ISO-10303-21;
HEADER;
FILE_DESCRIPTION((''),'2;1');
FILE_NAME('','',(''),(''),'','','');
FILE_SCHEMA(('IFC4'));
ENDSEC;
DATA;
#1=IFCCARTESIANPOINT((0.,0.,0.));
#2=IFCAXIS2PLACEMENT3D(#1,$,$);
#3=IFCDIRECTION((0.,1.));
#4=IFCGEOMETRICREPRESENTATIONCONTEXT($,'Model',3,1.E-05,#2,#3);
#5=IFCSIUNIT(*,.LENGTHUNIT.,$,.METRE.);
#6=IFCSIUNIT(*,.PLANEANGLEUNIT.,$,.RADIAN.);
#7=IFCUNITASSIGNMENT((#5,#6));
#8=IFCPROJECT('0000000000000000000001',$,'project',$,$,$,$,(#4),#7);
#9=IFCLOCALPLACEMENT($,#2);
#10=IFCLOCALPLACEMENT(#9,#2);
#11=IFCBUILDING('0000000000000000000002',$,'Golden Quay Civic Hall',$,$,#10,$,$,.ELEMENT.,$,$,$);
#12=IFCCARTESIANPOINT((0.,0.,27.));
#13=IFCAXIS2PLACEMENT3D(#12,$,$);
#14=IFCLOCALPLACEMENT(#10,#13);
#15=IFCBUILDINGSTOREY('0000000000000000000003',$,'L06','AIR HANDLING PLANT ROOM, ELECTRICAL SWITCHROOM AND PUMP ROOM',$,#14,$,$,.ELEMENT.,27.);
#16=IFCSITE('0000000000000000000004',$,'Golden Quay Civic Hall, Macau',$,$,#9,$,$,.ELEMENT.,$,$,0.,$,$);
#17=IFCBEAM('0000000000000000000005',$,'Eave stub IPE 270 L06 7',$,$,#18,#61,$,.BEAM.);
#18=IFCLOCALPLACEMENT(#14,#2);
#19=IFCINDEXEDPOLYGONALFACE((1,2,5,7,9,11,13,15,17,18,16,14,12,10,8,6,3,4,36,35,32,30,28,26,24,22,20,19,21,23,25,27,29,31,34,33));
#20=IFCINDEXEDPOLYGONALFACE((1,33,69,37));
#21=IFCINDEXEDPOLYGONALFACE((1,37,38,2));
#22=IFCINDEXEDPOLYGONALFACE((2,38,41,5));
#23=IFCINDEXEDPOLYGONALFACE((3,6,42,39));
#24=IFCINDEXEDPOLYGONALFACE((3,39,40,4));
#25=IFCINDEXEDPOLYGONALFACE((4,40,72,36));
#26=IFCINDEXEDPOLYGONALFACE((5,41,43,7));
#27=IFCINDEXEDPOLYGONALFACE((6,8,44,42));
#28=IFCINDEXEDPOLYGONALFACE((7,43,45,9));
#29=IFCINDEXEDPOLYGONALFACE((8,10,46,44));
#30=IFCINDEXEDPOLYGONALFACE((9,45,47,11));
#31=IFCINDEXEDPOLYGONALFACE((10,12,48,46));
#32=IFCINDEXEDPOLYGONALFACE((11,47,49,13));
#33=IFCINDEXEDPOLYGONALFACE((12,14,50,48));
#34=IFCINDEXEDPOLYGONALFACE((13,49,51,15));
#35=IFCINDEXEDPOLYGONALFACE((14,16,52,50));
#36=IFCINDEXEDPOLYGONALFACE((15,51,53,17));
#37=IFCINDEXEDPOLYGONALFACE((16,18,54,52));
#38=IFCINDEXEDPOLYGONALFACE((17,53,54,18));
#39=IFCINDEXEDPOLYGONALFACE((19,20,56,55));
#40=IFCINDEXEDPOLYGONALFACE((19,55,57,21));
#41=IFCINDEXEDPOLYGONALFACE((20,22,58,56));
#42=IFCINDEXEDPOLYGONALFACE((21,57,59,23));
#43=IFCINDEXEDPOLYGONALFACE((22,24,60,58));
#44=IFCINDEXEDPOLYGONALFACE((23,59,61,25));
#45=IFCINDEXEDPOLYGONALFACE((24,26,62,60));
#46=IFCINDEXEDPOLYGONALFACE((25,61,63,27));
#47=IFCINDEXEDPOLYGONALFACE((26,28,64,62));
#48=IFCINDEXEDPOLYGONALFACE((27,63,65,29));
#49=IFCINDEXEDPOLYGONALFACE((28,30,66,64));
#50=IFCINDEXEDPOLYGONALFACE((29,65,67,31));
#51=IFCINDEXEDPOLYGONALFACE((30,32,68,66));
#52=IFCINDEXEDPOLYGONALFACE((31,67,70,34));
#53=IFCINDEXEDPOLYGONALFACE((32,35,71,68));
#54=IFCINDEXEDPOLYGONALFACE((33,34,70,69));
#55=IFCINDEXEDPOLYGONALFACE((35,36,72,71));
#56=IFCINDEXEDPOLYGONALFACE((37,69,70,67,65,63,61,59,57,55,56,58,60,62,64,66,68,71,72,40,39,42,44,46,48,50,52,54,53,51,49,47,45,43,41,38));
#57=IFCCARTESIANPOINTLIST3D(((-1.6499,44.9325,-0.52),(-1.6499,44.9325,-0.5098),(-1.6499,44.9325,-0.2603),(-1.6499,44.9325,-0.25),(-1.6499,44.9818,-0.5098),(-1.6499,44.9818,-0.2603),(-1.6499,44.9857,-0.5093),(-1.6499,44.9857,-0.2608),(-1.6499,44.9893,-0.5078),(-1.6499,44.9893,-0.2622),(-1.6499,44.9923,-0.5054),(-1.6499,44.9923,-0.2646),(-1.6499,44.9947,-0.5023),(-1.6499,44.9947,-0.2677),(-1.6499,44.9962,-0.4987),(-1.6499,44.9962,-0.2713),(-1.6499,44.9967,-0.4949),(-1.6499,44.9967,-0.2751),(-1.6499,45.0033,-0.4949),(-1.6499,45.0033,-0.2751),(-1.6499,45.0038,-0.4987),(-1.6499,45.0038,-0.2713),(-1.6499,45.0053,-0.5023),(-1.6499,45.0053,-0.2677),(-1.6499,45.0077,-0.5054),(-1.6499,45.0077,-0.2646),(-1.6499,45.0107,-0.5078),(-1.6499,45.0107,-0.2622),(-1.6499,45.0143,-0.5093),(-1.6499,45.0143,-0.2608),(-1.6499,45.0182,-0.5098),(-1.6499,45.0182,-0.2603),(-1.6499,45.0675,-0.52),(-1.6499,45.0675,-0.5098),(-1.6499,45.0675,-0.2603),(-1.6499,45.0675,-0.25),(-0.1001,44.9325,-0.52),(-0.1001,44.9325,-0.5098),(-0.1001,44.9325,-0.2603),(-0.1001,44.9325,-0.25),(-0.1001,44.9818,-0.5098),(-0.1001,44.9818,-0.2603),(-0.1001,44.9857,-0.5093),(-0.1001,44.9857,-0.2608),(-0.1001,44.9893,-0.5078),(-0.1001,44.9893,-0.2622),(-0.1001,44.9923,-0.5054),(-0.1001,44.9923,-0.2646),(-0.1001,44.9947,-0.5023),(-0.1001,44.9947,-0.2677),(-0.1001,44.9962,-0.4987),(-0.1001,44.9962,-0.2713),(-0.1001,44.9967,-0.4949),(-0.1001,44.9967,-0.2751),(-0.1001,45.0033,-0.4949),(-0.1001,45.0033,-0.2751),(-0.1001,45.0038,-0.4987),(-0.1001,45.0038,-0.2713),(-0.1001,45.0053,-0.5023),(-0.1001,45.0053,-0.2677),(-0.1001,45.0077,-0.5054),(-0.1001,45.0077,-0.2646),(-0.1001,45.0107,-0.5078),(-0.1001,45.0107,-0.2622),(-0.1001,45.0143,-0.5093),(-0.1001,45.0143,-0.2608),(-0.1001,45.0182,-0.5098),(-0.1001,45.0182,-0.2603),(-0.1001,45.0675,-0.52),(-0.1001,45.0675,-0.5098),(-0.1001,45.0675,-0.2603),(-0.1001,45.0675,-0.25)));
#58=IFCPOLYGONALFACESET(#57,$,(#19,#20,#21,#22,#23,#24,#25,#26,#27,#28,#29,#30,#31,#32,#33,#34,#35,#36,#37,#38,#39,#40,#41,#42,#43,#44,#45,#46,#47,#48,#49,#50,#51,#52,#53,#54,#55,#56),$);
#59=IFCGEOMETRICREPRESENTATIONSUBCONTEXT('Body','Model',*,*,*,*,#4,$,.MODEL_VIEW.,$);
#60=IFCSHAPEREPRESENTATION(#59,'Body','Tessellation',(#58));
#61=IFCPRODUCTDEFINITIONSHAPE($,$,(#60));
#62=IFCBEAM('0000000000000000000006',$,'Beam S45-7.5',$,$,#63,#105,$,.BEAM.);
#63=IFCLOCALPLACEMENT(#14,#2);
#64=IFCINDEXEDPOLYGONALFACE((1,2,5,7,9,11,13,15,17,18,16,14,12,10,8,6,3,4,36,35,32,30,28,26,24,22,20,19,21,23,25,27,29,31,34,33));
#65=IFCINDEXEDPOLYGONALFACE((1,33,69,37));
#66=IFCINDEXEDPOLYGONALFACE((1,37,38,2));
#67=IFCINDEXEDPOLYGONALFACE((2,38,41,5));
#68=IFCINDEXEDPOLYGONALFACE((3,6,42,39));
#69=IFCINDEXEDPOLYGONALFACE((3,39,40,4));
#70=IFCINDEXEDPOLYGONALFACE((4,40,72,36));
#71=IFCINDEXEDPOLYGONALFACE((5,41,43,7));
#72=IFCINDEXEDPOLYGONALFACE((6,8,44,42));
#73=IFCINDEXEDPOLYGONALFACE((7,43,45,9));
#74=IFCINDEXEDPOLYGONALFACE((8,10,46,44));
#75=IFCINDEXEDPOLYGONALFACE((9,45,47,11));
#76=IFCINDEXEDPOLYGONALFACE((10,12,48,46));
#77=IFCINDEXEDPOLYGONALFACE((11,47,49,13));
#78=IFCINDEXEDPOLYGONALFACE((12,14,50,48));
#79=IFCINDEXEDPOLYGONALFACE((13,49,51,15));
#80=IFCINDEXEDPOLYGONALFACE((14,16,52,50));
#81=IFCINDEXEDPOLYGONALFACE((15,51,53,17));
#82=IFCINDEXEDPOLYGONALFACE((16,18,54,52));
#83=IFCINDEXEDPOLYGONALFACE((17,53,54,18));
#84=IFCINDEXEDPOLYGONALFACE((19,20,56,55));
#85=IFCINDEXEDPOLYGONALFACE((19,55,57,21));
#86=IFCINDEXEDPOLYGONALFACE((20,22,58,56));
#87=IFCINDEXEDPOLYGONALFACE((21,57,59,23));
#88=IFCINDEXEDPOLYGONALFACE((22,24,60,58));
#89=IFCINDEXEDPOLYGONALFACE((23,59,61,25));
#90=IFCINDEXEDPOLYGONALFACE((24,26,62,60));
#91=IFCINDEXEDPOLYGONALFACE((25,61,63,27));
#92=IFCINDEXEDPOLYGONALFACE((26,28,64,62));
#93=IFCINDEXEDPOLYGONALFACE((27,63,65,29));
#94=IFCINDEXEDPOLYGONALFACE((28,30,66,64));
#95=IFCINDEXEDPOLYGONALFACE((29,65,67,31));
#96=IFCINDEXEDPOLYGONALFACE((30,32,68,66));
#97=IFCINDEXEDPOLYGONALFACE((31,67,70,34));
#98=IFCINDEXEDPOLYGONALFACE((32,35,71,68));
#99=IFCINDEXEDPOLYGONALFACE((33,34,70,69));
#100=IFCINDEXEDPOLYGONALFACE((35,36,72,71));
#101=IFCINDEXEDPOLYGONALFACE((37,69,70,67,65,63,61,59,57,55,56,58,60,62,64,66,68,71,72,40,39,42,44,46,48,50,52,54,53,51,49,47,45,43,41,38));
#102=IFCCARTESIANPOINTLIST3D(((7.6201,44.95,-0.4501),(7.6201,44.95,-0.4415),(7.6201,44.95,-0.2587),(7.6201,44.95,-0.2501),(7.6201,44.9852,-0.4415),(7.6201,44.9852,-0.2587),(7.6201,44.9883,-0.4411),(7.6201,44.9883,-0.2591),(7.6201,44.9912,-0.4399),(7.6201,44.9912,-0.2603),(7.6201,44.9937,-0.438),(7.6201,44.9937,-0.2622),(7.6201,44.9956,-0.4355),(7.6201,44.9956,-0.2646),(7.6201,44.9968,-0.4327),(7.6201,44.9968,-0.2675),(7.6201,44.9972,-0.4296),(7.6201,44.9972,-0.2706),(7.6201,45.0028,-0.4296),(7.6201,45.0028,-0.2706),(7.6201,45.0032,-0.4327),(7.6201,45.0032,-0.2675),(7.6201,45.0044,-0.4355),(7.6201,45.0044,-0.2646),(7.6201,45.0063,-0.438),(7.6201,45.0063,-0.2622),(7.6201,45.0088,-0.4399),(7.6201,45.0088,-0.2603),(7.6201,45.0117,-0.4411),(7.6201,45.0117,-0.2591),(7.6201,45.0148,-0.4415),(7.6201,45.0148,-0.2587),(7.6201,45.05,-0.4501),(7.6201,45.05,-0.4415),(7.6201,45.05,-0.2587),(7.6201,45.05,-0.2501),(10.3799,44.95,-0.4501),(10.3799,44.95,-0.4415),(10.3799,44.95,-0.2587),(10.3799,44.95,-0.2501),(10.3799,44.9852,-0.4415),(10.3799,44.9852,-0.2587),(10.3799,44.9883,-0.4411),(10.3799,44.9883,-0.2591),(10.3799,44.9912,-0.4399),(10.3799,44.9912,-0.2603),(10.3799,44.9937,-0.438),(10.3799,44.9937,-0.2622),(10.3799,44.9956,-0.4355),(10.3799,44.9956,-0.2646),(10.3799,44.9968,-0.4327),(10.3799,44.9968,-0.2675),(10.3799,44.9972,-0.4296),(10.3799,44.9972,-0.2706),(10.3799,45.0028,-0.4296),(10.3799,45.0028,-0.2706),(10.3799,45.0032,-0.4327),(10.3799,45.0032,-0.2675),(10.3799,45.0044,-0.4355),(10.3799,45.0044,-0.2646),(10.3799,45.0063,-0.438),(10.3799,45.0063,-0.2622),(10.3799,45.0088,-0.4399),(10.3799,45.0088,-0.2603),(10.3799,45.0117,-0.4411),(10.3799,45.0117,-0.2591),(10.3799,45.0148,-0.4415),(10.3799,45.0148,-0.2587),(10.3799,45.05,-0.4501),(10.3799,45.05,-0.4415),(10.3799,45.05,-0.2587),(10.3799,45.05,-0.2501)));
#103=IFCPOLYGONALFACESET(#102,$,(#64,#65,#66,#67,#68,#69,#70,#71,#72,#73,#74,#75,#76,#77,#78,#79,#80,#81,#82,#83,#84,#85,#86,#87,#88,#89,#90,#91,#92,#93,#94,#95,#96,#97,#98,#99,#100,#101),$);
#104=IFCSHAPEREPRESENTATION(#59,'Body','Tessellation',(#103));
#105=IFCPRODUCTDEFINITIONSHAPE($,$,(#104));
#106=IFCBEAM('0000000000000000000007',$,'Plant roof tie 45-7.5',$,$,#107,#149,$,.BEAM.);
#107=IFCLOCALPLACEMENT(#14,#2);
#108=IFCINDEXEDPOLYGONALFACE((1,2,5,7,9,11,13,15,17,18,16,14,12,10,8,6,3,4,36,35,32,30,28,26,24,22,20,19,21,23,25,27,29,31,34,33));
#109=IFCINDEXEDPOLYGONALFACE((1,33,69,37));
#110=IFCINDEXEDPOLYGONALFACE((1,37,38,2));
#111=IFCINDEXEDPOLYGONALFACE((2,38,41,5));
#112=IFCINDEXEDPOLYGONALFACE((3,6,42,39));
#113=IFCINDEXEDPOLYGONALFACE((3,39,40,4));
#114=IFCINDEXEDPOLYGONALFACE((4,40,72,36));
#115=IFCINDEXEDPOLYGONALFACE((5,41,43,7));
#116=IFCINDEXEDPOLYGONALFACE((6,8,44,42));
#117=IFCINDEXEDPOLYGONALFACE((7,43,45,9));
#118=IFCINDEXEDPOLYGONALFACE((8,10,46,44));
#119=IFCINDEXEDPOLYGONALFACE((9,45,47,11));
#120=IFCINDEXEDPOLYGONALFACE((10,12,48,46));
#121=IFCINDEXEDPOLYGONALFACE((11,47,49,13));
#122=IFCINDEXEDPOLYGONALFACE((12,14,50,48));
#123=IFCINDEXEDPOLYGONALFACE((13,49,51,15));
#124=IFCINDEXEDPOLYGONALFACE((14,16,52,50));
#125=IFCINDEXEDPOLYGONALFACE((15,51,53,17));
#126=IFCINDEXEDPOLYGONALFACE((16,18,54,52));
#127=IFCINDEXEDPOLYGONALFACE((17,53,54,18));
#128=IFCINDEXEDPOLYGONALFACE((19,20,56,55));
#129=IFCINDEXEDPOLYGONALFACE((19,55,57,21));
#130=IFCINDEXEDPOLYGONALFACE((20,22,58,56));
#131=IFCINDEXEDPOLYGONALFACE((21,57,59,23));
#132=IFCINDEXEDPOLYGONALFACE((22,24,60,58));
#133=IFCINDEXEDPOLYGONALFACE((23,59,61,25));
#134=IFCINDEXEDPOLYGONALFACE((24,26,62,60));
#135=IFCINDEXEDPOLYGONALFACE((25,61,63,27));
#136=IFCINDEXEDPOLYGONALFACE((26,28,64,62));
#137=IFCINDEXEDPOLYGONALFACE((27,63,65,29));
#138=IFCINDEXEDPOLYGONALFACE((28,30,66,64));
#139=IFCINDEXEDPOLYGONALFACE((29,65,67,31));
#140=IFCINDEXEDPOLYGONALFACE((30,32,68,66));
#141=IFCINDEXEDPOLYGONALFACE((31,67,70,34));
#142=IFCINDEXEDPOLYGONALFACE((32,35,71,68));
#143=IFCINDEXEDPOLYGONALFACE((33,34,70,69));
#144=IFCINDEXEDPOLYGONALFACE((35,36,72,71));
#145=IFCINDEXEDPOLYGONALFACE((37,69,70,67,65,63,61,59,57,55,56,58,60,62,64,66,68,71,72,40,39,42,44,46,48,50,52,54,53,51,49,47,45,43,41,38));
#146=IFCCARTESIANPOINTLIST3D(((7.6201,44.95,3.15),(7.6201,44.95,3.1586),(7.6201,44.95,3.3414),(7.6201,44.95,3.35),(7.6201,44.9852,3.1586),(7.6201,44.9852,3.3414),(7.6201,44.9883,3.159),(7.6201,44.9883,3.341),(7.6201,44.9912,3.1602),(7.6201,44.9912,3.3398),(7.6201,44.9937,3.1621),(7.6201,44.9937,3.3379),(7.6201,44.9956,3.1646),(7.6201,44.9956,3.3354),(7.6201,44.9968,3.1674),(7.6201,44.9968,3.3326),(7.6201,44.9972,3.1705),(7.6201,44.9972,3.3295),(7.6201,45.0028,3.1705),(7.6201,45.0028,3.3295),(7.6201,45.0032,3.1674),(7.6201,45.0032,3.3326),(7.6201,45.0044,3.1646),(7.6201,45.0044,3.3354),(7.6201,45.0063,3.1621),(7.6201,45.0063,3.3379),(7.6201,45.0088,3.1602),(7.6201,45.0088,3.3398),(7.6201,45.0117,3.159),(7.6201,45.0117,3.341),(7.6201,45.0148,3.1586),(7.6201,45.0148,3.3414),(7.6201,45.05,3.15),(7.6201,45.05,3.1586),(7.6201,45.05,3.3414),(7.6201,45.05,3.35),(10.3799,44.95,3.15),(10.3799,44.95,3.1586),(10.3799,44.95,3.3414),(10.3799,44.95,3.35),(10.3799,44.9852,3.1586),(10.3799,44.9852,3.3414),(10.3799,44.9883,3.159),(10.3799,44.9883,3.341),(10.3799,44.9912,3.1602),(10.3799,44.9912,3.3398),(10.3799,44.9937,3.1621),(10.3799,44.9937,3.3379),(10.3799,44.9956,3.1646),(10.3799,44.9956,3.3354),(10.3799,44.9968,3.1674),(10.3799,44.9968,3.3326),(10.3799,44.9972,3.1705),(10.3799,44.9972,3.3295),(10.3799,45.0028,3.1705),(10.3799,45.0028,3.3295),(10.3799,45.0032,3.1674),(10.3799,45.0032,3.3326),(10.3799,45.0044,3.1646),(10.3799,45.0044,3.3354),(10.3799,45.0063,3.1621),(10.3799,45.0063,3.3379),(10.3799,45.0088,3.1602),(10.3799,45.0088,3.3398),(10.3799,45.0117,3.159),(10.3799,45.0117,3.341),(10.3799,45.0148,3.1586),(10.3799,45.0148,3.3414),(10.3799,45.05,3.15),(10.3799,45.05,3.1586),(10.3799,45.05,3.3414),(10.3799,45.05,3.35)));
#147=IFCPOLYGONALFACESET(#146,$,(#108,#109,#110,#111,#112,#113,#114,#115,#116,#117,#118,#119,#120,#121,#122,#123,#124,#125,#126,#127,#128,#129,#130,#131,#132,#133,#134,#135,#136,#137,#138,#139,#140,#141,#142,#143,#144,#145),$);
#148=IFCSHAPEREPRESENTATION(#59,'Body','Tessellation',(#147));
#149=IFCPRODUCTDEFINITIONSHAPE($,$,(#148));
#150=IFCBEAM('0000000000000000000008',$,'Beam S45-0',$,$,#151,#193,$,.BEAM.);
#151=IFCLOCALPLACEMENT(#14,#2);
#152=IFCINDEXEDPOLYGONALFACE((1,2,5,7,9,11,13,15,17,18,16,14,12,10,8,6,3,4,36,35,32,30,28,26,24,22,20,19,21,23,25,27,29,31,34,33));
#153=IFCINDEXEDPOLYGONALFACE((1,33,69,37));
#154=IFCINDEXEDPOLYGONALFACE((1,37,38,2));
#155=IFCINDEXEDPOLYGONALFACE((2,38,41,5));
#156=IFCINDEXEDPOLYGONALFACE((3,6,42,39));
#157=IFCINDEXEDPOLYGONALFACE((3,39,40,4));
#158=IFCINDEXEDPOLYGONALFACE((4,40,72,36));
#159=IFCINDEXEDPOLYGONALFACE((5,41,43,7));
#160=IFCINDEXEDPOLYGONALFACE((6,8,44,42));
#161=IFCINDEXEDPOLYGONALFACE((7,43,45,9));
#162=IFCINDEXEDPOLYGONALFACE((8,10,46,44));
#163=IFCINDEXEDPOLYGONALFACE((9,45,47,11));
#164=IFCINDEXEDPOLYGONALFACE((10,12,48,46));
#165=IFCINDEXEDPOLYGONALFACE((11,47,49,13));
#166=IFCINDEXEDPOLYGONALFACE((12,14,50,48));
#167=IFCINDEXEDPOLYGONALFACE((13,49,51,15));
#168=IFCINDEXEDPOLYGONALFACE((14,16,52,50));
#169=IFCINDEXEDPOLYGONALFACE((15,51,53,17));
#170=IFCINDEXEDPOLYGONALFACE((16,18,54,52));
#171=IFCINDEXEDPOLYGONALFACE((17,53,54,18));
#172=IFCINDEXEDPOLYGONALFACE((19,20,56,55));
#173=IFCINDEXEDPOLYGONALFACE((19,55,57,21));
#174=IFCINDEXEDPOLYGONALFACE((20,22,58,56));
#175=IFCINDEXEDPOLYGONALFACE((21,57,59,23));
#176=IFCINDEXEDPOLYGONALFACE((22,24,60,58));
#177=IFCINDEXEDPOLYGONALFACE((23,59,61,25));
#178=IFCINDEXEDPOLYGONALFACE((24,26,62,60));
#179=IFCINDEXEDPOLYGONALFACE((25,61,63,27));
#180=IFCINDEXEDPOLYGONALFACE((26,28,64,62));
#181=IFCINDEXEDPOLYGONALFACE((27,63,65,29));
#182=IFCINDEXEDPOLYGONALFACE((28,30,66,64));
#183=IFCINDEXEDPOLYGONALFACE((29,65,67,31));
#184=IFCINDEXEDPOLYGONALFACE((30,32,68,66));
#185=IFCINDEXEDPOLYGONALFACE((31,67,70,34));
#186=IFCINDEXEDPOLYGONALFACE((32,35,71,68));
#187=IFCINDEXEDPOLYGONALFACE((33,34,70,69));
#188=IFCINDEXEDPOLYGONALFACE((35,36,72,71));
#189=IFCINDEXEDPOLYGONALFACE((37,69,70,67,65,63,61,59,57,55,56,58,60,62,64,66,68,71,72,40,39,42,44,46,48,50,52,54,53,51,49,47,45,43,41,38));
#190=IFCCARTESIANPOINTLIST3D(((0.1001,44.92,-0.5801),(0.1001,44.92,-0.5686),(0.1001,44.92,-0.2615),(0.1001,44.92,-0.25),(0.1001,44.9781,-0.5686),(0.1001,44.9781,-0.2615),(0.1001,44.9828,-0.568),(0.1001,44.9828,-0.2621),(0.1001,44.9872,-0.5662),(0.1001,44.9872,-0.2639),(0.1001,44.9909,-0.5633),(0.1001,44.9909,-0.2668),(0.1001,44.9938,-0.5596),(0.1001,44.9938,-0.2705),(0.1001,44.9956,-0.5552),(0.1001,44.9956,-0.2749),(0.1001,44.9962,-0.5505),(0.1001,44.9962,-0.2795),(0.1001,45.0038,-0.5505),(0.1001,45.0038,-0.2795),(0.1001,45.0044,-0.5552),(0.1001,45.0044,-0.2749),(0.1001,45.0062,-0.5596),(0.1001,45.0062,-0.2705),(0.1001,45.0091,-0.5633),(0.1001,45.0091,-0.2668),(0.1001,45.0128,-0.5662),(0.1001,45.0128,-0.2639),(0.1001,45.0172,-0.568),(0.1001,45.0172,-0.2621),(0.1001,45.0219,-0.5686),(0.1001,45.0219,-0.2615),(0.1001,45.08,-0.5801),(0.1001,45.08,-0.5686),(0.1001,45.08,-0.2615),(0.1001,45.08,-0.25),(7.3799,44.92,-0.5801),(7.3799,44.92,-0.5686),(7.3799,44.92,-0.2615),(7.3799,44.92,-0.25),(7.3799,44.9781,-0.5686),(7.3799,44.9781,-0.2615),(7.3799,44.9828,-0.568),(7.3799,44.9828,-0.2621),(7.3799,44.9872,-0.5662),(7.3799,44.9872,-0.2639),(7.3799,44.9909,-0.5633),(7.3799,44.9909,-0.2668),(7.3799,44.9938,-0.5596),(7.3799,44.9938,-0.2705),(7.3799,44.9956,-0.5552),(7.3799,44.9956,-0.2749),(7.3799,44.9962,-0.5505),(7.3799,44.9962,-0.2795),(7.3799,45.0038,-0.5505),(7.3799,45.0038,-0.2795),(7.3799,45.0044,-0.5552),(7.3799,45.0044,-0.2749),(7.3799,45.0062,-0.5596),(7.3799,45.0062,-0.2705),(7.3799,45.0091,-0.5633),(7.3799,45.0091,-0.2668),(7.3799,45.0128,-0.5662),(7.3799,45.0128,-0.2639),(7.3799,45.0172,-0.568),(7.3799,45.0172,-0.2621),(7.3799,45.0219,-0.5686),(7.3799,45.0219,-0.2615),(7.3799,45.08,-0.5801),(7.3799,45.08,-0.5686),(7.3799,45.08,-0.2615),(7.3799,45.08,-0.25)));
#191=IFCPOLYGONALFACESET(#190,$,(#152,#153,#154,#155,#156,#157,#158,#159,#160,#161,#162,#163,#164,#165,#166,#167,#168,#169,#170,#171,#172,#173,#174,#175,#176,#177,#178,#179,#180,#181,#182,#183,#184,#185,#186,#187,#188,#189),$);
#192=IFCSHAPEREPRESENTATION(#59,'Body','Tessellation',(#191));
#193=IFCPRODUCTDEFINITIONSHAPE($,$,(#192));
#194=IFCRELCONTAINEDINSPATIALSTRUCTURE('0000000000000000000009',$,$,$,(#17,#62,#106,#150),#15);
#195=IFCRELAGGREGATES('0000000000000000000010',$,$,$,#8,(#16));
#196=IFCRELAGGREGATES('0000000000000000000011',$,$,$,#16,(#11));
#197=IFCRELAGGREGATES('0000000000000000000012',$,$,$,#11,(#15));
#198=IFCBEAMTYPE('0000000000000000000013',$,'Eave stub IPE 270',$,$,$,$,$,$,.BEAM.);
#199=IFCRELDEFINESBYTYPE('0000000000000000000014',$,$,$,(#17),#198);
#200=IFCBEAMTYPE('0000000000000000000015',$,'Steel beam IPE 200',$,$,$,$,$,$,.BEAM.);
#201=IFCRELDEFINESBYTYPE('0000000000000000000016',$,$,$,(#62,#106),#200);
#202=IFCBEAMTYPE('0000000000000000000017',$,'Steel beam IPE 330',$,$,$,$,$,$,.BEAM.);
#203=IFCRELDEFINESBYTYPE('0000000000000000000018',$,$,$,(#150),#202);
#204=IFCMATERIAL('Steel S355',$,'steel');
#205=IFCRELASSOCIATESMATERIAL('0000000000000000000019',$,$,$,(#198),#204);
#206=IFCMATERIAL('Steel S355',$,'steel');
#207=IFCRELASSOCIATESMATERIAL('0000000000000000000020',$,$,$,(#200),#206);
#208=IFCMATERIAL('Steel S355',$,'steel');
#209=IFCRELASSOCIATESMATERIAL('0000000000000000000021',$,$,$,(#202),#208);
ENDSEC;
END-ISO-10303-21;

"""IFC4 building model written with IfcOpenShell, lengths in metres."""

from ifc_helpers import new_model, si_unit, direction, frame, origin, origin_2d, place, context, subcontext, project, spatial, i_section, extrude, material, material_profile, profile_set, type_object, element, save


model = new_model("IFC4")

# Units and contexts
model_context = context("Model", 3, precision=1e-05, world=origin(), true_north=direction((0.0, 1.0)))
body_context = subcontext(model_context, "Body", "Model", "MODEL_VIEW")
ifc_project = project(units=[si_unit("LENGTHUNIT", "METRE"), si_unit("PLANEANGLEUNIT", "RADIAN")], contexts=[model_context])

# Site, building, storey
site_placement = place(None, origin())
site = spatial("IfcSite", under=ifc_project, at=site_placement, Name="Golden Quay Civic Hall, Macau", CompositionType="ELEMENT", RefElevation=0.0)
building_placement = place(site_placement, origin())
building = spatial("IfcBuilding", under=site, at=building_placement, Name="Golden Quay Civic Hall", CompositionType="ELEMENT")
storey_placement = place(building_placement, frame((0.0, 0.0, 27.0)))
storey = spatial("IfcBuildingStorey", under=building, at=storey_placement, Name="L06", Description="AIR HANDLING PLANT ROOM, ELECTRICAL SWITCHROOM AND PUMP ROOM", CompositionType="ELEMENT", Elevation=27.0)

# Beams
ifc_material_1 = material(Name="Steel S355", Category="steel")
ifc_material_profile_1 = material_profile(ifc_material_1, i_section(OverallWidth=0.135, OverallDepth=0.27, WebThickness=0.0066, FlangeThickness=0.0103, FilletRadius=0.0149, at=origin_2d()), Name="IPE 270")
ifc_profile_set_1 = profile_set([ifc_material_profile_1], Name="Steel S355")
beam_type_1 = type_object("IfcBeamType", Name="Eave stub IPE 270", PredefinedType="BEAM", material=ifc_profile_set_1)
beam_1_placement = place(storey_placement, frame((-0.1001, 45.0, -0.385), z_axis=(-1.0, 0.0, 0.0), x_axis=(0.0, -1.0, 0.0)))
element("IfcBeam", 1, at=beam_1_placement, inside=storey, type_object=beam_type_1, Name="Eave stub IPE 270 L06 7", PredefinedType="BEAM", context=body_context, shape_type="SweptSolid", body=[
    extrude(i_section(OverallWidth=0.135, OverallDepth=0.27, WebThickness=0.0066, FlangeThickness=0.0103, FilletRadius=0.0149, at=origin_2d()), origin(), (0.0, 0.0, 1.0), 1.5498),
])
ifc_material_2 = material(Name="Steel S355", Category="steel")
ifc_material_profile_2 = material_profile(ifc_material_2, i_section(OverallWidth=0.1001, OverallDepth=0.2, WebThickness=0.0056, FlangeThickness=0.0085, FilletRadius=0.012, at=origin_2d()), Name="IPE 200")
ifc_profile_set_2 = profile_set([ifc_material_profile_2], Name="Steel S355")
beam_type_2 = type_object("IfcBeamType", Name="Steel beam IPE 200", PredefinedType="BEAM", material=ifc_profile_set_2)
for number, where, z_axis, x_axis, name in (
    (2, (7.6201, 45.0, -0.3501), (1.0, 0.0, 0.0), (0.0, 1.0, 0.0), "Beam S45-7.5"),
    (3, (7.6201, 45.0, 3.25), (1.0, 0.0, 0.0), (0.0, 1.0, 0.0), "Plant roof tie 45-7.5"),
):
    element("IfcBeam", number, at=place(storey_placement, frame(where, z_axis=z_axis, x_axis=x_axis)), inside=storey, type_object=beam_type_2, Name=name, PredefinedType="BEAM", context=body_context, shape_type="SweptSolid", body=[
        extrude(i_section(OverallWidth=0.1001, OverallDepth=0.2, WebThickness=0.0056, FlangeThickness=0.0085, FilletRadius=0.012, at=origin_2d()), origin(), (0.0, 0.0, 1.0), 2.7598),
    ])
ifc_material_3 = material(Name="Steel S355", Category="steel")
ifc_material_profile_3 = material_profile(ifc_material_3, i_section(OverallWidth=0.1599, OverallDepth=0.3301, WebThickness=0.0076, FlangeThickness=0.0115, FilletRadius=0.0181, at=origin_2d()), Name="IPE 330")
ifc_profile_set_3 = profile_set([ifc_material_profile_3], Name="Steel S355")
beam_type_3 = type_object("IfcBeamType", Name="Steel beam IPE 330", PredefinedType="BEAM", material=ifc_profile_set_3)
for number, where, z_axis, x_axis, name in (
    (4, (0.1001, 45.0, -0.415), (1.0, 0.0, 0.0), (0.0, 1.0, 0.0), "Beam S45-0"),
):
    element("IfcBeam", number, at=place(storey_placement, frame(where, z_axis=z_axis, x_axis=x_axis)), inside=storey, type_object=beam_type_3, Name=name, PredefinedType="BEAM", context=body_context, shape_type="SweptSolid", body=[
        extrude(i_section(OverallWidth=0.1599, OverallDepth=0.3301, WebThickness=0.0076, FlangeThickness=0.0115, FilletRadius=0.0181, at=origin_2d()), origin(), (0.0, 0.0, 1.0), 7.2798),
    ])

save(model, "model.ifc")
